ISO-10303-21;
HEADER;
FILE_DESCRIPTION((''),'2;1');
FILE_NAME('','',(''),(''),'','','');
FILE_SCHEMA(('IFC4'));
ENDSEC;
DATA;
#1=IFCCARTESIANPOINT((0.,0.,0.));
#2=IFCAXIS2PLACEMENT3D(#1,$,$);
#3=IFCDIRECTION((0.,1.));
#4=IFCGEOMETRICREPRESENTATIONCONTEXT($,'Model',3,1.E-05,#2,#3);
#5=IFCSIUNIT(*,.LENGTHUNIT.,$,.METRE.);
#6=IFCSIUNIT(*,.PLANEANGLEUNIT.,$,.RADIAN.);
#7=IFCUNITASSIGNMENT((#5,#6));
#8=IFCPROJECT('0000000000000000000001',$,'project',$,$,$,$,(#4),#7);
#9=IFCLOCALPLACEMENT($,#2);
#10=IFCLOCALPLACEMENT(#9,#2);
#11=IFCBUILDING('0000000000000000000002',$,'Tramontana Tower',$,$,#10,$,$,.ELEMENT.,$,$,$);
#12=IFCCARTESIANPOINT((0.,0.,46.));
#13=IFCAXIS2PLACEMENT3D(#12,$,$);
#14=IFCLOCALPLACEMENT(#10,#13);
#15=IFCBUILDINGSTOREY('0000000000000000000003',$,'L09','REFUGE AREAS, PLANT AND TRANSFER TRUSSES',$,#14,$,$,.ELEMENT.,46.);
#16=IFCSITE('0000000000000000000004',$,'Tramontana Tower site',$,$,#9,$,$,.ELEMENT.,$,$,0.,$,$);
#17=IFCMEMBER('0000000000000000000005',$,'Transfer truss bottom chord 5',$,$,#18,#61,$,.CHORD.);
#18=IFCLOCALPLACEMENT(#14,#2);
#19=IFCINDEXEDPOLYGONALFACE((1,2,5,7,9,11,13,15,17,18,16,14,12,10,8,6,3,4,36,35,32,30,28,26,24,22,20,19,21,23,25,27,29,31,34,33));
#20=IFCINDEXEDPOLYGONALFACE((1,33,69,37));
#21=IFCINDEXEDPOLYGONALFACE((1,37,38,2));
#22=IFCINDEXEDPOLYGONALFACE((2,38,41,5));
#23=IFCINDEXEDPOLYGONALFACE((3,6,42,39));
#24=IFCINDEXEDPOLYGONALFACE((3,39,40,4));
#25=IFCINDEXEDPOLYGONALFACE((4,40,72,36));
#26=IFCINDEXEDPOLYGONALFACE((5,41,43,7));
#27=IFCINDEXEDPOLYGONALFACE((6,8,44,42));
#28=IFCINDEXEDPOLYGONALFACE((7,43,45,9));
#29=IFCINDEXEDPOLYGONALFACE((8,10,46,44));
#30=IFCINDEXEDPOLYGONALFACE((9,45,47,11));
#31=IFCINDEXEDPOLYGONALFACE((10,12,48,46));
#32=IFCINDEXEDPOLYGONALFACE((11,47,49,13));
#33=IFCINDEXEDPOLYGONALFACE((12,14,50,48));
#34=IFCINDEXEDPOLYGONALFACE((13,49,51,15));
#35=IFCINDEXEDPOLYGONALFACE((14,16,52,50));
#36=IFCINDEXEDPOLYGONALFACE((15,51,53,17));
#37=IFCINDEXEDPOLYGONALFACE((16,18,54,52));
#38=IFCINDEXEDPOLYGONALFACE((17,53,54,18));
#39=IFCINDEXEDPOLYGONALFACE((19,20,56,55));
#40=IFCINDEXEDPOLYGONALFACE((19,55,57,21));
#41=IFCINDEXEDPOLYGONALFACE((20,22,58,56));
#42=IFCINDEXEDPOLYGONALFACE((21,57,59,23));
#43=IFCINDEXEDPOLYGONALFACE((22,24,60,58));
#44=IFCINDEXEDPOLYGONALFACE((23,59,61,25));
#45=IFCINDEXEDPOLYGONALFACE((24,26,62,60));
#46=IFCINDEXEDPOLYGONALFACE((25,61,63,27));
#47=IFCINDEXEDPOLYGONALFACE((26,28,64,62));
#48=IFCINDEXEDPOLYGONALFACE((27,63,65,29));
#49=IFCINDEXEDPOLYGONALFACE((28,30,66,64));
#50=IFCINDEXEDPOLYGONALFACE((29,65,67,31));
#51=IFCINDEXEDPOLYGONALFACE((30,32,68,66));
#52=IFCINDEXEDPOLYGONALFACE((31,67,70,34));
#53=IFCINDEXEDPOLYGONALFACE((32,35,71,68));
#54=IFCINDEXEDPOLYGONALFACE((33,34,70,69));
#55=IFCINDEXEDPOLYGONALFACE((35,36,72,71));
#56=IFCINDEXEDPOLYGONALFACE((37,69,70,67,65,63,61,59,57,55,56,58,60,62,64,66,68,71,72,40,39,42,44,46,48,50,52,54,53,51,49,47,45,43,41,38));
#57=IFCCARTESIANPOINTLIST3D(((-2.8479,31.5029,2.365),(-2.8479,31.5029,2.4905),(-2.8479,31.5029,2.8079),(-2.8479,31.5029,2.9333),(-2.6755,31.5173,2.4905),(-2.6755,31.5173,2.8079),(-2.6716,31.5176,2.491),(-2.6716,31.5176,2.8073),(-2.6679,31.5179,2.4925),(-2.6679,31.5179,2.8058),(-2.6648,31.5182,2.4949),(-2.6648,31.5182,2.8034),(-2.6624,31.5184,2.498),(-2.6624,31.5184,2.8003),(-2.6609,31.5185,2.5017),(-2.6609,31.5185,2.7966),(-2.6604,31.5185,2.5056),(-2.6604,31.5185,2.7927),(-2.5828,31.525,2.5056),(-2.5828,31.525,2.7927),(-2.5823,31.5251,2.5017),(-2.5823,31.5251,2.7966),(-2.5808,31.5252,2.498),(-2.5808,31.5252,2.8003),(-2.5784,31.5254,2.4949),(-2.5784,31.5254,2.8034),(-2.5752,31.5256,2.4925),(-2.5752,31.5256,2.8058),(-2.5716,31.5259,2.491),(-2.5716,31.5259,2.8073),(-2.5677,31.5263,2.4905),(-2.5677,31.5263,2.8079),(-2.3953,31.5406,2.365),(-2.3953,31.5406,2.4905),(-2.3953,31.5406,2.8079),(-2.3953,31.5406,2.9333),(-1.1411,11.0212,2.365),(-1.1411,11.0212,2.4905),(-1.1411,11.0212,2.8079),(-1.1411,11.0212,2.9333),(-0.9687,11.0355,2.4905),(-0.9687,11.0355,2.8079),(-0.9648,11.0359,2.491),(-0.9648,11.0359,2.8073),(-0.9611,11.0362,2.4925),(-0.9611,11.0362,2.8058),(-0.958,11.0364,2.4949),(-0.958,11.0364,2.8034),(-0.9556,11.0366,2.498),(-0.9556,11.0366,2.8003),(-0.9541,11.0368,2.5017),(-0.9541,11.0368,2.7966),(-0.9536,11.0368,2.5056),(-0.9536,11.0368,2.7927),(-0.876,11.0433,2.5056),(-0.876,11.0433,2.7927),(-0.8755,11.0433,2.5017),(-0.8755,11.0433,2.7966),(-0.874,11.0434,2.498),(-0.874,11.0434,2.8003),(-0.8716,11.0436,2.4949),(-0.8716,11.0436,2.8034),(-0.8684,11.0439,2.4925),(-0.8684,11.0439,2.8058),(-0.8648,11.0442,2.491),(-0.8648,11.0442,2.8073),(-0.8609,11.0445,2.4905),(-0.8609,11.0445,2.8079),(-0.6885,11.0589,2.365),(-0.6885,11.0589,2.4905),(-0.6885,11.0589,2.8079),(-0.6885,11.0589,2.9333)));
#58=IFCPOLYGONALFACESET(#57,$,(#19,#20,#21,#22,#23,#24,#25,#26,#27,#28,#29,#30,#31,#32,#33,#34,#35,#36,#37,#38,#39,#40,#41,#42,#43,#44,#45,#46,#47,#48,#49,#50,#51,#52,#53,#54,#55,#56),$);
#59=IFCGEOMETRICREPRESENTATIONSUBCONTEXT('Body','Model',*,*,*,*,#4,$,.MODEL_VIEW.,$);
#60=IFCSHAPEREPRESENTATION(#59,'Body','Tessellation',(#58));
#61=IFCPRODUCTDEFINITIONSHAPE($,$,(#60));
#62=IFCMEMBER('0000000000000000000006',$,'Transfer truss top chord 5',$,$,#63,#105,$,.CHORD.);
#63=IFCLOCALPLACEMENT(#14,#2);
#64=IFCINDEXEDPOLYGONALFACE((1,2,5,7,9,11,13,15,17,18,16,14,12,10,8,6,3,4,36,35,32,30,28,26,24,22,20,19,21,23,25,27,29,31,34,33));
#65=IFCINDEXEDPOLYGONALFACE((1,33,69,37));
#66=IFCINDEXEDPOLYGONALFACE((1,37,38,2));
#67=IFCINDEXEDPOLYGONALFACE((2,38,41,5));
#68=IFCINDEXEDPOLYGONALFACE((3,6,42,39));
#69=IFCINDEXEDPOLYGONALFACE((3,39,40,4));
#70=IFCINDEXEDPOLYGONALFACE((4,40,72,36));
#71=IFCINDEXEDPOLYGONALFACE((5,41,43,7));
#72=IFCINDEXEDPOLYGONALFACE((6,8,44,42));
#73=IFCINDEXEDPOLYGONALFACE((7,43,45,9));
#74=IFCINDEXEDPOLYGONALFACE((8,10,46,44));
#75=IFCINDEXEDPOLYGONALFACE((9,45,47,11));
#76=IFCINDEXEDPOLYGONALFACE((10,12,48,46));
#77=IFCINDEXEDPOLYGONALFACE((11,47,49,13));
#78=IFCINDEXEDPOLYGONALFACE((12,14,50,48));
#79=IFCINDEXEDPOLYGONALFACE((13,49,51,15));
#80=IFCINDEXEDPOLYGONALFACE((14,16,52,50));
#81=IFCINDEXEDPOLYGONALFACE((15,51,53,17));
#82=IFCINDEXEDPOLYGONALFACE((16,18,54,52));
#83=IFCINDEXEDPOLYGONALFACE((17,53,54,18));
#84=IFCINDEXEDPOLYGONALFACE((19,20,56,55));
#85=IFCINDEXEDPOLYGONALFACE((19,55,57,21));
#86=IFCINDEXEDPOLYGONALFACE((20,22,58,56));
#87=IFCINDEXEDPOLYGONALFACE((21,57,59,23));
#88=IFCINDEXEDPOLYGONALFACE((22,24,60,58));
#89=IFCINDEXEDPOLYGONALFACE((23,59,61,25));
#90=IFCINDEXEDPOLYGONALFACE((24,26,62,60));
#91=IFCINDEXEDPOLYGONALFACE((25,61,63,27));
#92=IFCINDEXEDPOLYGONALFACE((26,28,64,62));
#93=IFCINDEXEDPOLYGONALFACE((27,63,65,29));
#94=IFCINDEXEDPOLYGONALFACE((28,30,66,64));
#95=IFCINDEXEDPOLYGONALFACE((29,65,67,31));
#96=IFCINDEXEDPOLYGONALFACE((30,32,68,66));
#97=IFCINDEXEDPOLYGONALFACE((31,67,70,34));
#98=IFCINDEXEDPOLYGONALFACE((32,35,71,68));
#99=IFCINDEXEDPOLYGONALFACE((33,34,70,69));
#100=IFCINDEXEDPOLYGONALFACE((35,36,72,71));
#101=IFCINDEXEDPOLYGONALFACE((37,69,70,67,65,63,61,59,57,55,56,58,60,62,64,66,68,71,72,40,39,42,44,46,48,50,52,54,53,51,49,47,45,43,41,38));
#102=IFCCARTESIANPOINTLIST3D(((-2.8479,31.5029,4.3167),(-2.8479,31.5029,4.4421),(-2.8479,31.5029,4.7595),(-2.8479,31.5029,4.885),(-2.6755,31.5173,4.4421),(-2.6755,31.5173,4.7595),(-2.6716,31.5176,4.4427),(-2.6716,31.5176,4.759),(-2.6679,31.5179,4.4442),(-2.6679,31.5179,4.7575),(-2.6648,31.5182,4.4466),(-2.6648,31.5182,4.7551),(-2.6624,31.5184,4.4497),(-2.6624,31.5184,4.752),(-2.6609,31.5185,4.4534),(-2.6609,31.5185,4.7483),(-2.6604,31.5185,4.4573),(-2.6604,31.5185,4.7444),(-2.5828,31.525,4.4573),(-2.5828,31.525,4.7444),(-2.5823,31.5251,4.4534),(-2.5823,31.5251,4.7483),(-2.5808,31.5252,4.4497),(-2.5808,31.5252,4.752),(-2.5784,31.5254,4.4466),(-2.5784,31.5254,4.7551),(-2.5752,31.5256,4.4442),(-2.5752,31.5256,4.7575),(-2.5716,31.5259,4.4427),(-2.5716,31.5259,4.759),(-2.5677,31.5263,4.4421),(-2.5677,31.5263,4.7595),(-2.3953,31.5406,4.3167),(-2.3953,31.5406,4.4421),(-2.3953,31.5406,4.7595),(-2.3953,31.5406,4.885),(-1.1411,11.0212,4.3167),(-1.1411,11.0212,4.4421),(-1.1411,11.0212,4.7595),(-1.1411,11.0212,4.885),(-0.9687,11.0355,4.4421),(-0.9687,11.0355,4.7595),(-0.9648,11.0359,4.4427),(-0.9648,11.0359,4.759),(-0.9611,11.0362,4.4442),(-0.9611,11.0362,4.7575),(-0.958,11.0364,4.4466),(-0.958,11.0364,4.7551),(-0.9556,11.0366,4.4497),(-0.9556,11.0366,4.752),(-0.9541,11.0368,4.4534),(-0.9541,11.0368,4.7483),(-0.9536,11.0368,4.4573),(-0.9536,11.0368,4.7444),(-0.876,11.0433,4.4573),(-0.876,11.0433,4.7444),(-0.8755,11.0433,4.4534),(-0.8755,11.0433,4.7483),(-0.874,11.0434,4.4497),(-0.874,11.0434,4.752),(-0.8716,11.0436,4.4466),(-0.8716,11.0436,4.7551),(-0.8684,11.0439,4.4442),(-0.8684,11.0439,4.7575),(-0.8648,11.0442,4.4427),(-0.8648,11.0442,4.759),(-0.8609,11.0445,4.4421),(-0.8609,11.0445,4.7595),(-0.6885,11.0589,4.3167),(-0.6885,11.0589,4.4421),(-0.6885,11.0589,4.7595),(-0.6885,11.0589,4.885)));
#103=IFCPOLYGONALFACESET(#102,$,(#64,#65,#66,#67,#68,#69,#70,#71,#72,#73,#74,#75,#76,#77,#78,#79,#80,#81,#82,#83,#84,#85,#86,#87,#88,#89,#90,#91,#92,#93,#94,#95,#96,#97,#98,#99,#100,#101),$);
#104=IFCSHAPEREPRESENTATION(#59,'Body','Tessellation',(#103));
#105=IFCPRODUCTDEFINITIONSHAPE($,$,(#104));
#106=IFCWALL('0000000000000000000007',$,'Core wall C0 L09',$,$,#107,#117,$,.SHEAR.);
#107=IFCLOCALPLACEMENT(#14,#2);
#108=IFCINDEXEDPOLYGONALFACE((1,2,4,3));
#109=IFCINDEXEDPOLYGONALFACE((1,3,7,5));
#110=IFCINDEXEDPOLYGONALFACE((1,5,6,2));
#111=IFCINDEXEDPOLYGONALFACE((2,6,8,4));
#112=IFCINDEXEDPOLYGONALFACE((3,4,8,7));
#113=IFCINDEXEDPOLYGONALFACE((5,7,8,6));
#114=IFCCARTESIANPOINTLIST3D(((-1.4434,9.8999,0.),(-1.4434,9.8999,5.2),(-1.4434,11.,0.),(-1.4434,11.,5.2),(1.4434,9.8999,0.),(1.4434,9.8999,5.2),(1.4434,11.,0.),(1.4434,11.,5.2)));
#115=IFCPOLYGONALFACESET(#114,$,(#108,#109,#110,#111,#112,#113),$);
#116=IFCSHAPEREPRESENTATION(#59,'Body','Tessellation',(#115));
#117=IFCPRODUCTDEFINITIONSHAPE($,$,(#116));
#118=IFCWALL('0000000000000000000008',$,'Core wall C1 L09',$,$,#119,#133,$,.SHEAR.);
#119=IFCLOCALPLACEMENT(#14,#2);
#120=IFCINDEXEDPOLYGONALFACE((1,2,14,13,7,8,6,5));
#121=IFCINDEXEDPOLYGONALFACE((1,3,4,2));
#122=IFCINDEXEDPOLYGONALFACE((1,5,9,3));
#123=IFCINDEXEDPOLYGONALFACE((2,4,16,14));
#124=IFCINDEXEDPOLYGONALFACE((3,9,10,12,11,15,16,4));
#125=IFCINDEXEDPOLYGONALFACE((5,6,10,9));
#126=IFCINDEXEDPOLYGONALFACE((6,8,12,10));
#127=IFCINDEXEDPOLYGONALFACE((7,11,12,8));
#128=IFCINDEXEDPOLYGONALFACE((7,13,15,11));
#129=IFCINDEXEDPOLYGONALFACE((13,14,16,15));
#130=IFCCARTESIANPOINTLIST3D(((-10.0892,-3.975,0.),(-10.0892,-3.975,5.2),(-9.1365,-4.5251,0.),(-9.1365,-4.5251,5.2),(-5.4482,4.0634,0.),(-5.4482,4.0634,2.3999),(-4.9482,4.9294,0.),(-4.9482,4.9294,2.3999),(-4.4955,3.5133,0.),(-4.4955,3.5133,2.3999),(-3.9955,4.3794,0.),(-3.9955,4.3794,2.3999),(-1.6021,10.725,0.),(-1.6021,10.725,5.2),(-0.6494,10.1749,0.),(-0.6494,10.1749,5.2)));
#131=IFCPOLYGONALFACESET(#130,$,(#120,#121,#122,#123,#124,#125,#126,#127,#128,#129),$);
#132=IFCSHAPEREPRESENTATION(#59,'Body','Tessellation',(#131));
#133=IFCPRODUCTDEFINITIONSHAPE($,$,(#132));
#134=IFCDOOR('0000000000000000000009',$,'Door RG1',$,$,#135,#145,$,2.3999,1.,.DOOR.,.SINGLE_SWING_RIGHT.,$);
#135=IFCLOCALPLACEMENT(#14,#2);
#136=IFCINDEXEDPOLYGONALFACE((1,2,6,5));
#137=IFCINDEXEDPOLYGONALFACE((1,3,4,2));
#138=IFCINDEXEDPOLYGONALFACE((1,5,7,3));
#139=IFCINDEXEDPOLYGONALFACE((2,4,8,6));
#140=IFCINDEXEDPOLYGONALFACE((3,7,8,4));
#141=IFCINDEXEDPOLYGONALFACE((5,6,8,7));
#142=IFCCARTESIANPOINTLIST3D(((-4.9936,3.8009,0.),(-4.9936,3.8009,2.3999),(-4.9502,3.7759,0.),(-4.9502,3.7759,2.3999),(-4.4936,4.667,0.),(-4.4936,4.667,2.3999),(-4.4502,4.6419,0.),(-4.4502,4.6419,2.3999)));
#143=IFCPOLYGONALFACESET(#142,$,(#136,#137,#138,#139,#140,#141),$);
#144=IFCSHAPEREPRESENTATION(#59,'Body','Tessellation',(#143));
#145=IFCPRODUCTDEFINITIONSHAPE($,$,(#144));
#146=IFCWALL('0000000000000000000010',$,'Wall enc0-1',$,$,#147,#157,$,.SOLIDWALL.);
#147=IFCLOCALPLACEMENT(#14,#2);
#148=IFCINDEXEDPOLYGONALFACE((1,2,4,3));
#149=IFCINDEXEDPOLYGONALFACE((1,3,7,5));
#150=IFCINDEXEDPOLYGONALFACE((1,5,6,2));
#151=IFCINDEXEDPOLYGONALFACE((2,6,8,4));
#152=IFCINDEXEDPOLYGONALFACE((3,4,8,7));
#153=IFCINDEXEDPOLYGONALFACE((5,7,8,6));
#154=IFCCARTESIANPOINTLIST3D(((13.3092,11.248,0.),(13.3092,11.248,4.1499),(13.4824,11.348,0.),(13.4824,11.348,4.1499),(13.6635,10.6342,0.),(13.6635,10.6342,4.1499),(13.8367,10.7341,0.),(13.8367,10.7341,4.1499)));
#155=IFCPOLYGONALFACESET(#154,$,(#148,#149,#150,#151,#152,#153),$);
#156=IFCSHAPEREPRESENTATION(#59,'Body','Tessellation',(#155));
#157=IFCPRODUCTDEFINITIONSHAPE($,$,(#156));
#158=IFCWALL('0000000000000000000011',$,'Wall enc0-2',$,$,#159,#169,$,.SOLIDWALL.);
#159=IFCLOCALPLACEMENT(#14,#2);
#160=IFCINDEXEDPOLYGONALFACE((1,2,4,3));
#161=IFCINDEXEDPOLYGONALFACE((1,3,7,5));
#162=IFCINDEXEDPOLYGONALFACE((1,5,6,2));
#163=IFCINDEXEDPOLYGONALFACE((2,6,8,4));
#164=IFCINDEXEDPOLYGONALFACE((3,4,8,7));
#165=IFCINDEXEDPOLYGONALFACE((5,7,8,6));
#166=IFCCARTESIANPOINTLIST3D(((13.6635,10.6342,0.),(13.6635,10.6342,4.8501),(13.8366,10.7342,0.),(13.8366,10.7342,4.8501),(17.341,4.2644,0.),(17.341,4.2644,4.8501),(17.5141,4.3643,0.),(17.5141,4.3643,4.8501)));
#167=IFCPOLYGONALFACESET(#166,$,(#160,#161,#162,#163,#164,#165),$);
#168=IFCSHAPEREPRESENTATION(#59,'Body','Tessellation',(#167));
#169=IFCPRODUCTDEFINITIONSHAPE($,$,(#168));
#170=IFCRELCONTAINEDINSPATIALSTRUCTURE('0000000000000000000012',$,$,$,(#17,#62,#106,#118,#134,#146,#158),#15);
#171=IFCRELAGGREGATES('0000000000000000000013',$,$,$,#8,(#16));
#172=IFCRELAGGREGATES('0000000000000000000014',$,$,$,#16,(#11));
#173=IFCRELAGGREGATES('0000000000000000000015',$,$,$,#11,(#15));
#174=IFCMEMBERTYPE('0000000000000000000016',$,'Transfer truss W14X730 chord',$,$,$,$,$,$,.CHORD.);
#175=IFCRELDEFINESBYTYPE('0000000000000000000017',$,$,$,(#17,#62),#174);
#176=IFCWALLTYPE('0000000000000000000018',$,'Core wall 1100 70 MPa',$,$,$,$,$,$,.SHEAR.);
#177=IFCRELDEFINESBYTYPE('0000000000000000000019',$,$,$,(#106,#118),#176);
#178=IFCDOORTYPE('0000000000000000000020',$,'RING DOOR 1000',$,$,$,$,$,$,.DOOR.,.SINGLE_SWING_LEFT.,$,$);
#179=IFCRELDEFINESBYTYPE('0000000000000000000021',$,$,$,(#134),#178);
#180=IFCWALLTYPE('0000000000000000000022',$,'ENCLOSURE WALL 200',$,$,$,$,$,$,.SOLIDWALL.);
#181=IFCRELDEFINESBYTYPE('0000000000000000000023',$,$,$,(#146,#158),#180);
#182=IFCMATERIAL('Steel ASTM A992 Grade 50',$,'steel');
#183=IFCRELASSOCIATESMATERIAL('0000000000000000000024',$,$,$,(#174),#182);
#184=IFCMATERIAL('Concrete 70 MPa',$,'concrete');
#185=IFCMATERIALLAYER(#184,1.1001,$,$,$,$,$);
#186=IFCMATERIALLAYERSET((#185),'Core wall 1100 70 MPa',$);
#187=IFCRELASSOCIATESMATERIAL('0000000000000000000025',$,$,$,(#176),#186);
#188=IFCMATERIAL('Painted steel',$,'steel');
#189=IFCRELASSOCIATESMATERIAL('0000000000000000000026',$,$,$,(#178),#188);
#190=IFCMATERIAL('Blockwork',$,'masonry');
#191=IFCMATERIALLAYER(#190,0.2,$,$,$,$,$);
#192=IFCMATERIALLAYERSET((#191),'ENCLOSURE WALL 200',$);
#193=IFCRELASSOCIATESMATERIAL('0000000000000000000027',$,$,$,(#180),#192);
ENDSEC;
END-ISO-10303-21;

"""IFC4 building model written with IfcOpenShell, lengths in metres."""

from ifc_helpers import new_model, si_unit, direction, frame, frame_2d, origin, origin_2d, place, context, subcontext, project, spatial, rectangle, i_section, extrude, material, layer, layer_set, material_profile, profile_set, type_object, element, fill, save


model = new_model("IFC4")

# Units and contexts
model_context = context("Model", 3, precision=1e-05, world=origin(), true_north=direction((0.0, 1.0)))
body_context = subcontext(model_context, "Body", "Model", "MODEL_VIEW")
ifc_project = project(units=[si_unit("LENGTHUNIT", "METRE"), si_unit("PLANEANGLEUNIT", "RADIAN")], contexts=[model_context])

# Site, building, storey
site_placement = place(None, origin())
site = spatial("IfcSite", under=ifc_project, at=site_placement, Name="Tramontana Tower site", CompositionType="ELEMENT", RefElevation=0.0)
building_placement = place(site_placement, origin())
building = spatial("IfcBuilding", under=site, at=building_placement, Name="Tramontana Tower", CompositionType="ELEMENT")
storey_placement = place(building_placement, frame((0.0, 0.0, 46.0)))
storey = spatial("IfcBuildingStorey", under=building, at=storey_placement, Name="L09", Description="REFUGE AREAS, PLANT AND TRANSFER TRUSSES", CompositionType="ELEMENT", Elevation=46.0)

# Members
ifc_material_1 = material(Name="Steel ASTM A992 Grade 50", Category="steel")
ifc_material_profile_1 = material_profile(ifc_material_1, i_section(OverallWidth=0.4541, OverallDepth=0.5684, WebThickness=0.0779, FlangeThickness=0.1255, FilletRadius=0.0151, at=origin_2d()), Name="W14X730")
ifc_profile_set_1 = profile_set([ifc_material_profile_1], Name="Steel ASTM A992 Grade 50")
member_type_1 = type_object("IfcMemberType", Name="Transfer truss W14X730 chord", PredefinedType="CHORD", material=ifc_profile_set_1)
for number, where, z_axis, x_axis, name in (
    (1, (-0.9148, 11.04, 2.6492), (-0.083044, 0.996546, 0.0), (-0.996546, -0.083044, 0.0), "Transfer truss bottom chord 5"),
    (2, (-0.9148, 11.04, 4.6008), (-0.083044, 0.996546, 0.0), (-0.996546, -0.083044, 0.0), "Transfer truss top chord 5"),
):
    element("IfcMember", number, at=place(storey_placement, frame(where, z_axis=z_axis, x_axis=x_axis)), inside=storey, type_object=member_type_1, Name=name, PredefinedType="CHORD", context=body_context, shape_type="SweptSolid", body=[
        extrude(i_section(OverallWidth=0.4541, OverallDepth=0.5684, WebThickness=0.0779, FlangeThickness=0.1255, FilletRadius=0.0151, at=origin_2d()), origin(), (0.0, 0.0, 1.0), 20.5527),
    ])

# Wall
ifc_material_2 = material(Name="Concrete 70 MPa", Category="concrete")
ifc_layer_1 = layer(ifc_material_2, 1.1001)
ifc_layer_set_1 = layer_set([ifc_layer_1], Name="Core wall 1100 70 MPa")
wall_type_1 = type_object("IfcWallType", Name="Core wall 1100 70 MPa", PredefinedType="SHEAR", material=ifc_layer_set_1)
wall_1_placement = place(storey_placement, frame((1.4434, 10.45, 0.0), z_axis=(0.0, 0.0, 1.0), x_axis=(-1.0, 0.0, 0.0)))
element("IfcWall", 3, at=wall_1_placement, inside=storey, type_object=wall_type_1, Name="Core wall C0 L09", PredefinedType="SHEAR", context=body_context, shape_type="SweptSolid", body=[
    extrude(rectangle(XDim=2.8867, YDim=1.1001, at=frame_2d((1.4434, 0.0))), origin(), (0.0, 0.0, 1.0), 5.2),
])

# Wall, opening, door
wall_2_placement = place(storey_placement, frame((-1.1257, 10.45, 0.0), z_axis=(0.0, 0.0, 1.0), x_axis=(-0.500002, -0.866024, 0.0)))
wall_2 = element("IfcWall", 4, at=wall_2_placement, inside=storey, type_object=wall_type_1, Name="Core wall C1 L09", PredefinedType="SHEAR", context=body_context, shape_type="SweptSolid", body=[
    extrude(rectangle(XDim=16.9741, YDim=1.1001, at=frame_2d((8.4871, 0.0))), origin(), (0.0, 0.0, 1.0), 5.2),
])
opening_1_placement = place(wall_2_placement, frame((6.6921, 0.0, 0.0)))
opening_1 = element("IfcOpeningElement", 5, at=opening_1_placement, cuts=wall_2, PredefinedType="OPENING", context=body_context, shape_type="SweptSolid", body=[
    extrude(rectangle(XDim=1.0, YDim=2.3999, at=frame_2d((0.5, 1.2))), frame((0.0, 0.5601, 0.0), z_axis=(0.0, -1.0, 0.0), x_axis=(1.0, 0.0, 0.0)), (0.0, 0.0, 1.0), 1.1201),
])
ifc_material_3 = material(Name="Painted steel", Category="steel")
door_type_1 = type_object("IfcDoorType", Name="RING DOOR 1000", OperationType="SINGLE_SWING_LEFT", PredefinedType="DOOR", material=ifc_material_3)
door_1_placement = place(opening_1_placement, origin())
door_1 = element("IfcDoor", 6, at=door_1_placement, inside=storey, type_object=door_type_1, Name="Door RG1", OperationType="SINGLE_SWING_RIGHT", OverallHeight=2.3999, OverallWidth=1.0, PredefinedType="DOOR", context=body_context, shape_type="SweptSolid", body=[
    extrude(rectangle(XDim=1.0, YDim=2.3999, at=frame_2d((0.5, 1.2))), frame((0.0, 0.0249, 0.0), z_axis=(0.0, -1.0, 0.0), x_axis=(1.0, 0.0, 0.0)), (0.0, 0.0, 1.0), 0.05),
])
fill(opening_1, door_1)

# Walls
ifc_material_4 = material(Name="Blockwork", Category="masonry")
ifc_layer_2 = layer(ifc_material_4, 0.2)
ifc_layer_set_2 = layer_set([ifc_layer_2], Name="ENCLOSURE WALL 200")
wall_type_2 = type_object("IfcWallType", Name="ENCLOSURE WALL 200", PredefinedType="SOLIDWALL", material=ifc_layer_set_2)
wall_3_placement = place(storey_placement, frame((13.3958, 11.2981, 0.0), z_axis=(0.0, 0.0, 1.0), x_axis=(0.499882, -0.866094, 0.0)))
element("IfcWall", 7, at=wall_3_placement, inside=storey, type_object=wall_type_2, Name="Wall enc0-1", PredefinedType="SOLIDWALL", context=body_context, shape_type="SweptSolid", body=[
    extrude(rectangle(XDim=0.7087, YDim=0.2, at=frame_2d((0.3545, 0.0))), origin(), (0.0, 0.0, 1.0), 4.1499),
])
wall_4_placement = place(storey_placement, frame((13.75, 10.6843, 0.0), z_axis=(0.0, 0.0, 1.0), x_axis=(0.499984, -0.866035, 0.0)))
element("IfcWall", 8, at=wall_4_placement, inside=storey, type_object=wall_type_2, Name="Wall enc0-2", PredefinedType="SOLIDWALL", context=body_context, shape_type="SweptSolid", body=[
    extrude(rectangle(XDim=7.3552, YDim=0.2, at=frame_2d((3.6777, 0.0))), origin(), (0.0, 0.0, 1.0), 4.8501),
])

save(model, "model.ifc")
